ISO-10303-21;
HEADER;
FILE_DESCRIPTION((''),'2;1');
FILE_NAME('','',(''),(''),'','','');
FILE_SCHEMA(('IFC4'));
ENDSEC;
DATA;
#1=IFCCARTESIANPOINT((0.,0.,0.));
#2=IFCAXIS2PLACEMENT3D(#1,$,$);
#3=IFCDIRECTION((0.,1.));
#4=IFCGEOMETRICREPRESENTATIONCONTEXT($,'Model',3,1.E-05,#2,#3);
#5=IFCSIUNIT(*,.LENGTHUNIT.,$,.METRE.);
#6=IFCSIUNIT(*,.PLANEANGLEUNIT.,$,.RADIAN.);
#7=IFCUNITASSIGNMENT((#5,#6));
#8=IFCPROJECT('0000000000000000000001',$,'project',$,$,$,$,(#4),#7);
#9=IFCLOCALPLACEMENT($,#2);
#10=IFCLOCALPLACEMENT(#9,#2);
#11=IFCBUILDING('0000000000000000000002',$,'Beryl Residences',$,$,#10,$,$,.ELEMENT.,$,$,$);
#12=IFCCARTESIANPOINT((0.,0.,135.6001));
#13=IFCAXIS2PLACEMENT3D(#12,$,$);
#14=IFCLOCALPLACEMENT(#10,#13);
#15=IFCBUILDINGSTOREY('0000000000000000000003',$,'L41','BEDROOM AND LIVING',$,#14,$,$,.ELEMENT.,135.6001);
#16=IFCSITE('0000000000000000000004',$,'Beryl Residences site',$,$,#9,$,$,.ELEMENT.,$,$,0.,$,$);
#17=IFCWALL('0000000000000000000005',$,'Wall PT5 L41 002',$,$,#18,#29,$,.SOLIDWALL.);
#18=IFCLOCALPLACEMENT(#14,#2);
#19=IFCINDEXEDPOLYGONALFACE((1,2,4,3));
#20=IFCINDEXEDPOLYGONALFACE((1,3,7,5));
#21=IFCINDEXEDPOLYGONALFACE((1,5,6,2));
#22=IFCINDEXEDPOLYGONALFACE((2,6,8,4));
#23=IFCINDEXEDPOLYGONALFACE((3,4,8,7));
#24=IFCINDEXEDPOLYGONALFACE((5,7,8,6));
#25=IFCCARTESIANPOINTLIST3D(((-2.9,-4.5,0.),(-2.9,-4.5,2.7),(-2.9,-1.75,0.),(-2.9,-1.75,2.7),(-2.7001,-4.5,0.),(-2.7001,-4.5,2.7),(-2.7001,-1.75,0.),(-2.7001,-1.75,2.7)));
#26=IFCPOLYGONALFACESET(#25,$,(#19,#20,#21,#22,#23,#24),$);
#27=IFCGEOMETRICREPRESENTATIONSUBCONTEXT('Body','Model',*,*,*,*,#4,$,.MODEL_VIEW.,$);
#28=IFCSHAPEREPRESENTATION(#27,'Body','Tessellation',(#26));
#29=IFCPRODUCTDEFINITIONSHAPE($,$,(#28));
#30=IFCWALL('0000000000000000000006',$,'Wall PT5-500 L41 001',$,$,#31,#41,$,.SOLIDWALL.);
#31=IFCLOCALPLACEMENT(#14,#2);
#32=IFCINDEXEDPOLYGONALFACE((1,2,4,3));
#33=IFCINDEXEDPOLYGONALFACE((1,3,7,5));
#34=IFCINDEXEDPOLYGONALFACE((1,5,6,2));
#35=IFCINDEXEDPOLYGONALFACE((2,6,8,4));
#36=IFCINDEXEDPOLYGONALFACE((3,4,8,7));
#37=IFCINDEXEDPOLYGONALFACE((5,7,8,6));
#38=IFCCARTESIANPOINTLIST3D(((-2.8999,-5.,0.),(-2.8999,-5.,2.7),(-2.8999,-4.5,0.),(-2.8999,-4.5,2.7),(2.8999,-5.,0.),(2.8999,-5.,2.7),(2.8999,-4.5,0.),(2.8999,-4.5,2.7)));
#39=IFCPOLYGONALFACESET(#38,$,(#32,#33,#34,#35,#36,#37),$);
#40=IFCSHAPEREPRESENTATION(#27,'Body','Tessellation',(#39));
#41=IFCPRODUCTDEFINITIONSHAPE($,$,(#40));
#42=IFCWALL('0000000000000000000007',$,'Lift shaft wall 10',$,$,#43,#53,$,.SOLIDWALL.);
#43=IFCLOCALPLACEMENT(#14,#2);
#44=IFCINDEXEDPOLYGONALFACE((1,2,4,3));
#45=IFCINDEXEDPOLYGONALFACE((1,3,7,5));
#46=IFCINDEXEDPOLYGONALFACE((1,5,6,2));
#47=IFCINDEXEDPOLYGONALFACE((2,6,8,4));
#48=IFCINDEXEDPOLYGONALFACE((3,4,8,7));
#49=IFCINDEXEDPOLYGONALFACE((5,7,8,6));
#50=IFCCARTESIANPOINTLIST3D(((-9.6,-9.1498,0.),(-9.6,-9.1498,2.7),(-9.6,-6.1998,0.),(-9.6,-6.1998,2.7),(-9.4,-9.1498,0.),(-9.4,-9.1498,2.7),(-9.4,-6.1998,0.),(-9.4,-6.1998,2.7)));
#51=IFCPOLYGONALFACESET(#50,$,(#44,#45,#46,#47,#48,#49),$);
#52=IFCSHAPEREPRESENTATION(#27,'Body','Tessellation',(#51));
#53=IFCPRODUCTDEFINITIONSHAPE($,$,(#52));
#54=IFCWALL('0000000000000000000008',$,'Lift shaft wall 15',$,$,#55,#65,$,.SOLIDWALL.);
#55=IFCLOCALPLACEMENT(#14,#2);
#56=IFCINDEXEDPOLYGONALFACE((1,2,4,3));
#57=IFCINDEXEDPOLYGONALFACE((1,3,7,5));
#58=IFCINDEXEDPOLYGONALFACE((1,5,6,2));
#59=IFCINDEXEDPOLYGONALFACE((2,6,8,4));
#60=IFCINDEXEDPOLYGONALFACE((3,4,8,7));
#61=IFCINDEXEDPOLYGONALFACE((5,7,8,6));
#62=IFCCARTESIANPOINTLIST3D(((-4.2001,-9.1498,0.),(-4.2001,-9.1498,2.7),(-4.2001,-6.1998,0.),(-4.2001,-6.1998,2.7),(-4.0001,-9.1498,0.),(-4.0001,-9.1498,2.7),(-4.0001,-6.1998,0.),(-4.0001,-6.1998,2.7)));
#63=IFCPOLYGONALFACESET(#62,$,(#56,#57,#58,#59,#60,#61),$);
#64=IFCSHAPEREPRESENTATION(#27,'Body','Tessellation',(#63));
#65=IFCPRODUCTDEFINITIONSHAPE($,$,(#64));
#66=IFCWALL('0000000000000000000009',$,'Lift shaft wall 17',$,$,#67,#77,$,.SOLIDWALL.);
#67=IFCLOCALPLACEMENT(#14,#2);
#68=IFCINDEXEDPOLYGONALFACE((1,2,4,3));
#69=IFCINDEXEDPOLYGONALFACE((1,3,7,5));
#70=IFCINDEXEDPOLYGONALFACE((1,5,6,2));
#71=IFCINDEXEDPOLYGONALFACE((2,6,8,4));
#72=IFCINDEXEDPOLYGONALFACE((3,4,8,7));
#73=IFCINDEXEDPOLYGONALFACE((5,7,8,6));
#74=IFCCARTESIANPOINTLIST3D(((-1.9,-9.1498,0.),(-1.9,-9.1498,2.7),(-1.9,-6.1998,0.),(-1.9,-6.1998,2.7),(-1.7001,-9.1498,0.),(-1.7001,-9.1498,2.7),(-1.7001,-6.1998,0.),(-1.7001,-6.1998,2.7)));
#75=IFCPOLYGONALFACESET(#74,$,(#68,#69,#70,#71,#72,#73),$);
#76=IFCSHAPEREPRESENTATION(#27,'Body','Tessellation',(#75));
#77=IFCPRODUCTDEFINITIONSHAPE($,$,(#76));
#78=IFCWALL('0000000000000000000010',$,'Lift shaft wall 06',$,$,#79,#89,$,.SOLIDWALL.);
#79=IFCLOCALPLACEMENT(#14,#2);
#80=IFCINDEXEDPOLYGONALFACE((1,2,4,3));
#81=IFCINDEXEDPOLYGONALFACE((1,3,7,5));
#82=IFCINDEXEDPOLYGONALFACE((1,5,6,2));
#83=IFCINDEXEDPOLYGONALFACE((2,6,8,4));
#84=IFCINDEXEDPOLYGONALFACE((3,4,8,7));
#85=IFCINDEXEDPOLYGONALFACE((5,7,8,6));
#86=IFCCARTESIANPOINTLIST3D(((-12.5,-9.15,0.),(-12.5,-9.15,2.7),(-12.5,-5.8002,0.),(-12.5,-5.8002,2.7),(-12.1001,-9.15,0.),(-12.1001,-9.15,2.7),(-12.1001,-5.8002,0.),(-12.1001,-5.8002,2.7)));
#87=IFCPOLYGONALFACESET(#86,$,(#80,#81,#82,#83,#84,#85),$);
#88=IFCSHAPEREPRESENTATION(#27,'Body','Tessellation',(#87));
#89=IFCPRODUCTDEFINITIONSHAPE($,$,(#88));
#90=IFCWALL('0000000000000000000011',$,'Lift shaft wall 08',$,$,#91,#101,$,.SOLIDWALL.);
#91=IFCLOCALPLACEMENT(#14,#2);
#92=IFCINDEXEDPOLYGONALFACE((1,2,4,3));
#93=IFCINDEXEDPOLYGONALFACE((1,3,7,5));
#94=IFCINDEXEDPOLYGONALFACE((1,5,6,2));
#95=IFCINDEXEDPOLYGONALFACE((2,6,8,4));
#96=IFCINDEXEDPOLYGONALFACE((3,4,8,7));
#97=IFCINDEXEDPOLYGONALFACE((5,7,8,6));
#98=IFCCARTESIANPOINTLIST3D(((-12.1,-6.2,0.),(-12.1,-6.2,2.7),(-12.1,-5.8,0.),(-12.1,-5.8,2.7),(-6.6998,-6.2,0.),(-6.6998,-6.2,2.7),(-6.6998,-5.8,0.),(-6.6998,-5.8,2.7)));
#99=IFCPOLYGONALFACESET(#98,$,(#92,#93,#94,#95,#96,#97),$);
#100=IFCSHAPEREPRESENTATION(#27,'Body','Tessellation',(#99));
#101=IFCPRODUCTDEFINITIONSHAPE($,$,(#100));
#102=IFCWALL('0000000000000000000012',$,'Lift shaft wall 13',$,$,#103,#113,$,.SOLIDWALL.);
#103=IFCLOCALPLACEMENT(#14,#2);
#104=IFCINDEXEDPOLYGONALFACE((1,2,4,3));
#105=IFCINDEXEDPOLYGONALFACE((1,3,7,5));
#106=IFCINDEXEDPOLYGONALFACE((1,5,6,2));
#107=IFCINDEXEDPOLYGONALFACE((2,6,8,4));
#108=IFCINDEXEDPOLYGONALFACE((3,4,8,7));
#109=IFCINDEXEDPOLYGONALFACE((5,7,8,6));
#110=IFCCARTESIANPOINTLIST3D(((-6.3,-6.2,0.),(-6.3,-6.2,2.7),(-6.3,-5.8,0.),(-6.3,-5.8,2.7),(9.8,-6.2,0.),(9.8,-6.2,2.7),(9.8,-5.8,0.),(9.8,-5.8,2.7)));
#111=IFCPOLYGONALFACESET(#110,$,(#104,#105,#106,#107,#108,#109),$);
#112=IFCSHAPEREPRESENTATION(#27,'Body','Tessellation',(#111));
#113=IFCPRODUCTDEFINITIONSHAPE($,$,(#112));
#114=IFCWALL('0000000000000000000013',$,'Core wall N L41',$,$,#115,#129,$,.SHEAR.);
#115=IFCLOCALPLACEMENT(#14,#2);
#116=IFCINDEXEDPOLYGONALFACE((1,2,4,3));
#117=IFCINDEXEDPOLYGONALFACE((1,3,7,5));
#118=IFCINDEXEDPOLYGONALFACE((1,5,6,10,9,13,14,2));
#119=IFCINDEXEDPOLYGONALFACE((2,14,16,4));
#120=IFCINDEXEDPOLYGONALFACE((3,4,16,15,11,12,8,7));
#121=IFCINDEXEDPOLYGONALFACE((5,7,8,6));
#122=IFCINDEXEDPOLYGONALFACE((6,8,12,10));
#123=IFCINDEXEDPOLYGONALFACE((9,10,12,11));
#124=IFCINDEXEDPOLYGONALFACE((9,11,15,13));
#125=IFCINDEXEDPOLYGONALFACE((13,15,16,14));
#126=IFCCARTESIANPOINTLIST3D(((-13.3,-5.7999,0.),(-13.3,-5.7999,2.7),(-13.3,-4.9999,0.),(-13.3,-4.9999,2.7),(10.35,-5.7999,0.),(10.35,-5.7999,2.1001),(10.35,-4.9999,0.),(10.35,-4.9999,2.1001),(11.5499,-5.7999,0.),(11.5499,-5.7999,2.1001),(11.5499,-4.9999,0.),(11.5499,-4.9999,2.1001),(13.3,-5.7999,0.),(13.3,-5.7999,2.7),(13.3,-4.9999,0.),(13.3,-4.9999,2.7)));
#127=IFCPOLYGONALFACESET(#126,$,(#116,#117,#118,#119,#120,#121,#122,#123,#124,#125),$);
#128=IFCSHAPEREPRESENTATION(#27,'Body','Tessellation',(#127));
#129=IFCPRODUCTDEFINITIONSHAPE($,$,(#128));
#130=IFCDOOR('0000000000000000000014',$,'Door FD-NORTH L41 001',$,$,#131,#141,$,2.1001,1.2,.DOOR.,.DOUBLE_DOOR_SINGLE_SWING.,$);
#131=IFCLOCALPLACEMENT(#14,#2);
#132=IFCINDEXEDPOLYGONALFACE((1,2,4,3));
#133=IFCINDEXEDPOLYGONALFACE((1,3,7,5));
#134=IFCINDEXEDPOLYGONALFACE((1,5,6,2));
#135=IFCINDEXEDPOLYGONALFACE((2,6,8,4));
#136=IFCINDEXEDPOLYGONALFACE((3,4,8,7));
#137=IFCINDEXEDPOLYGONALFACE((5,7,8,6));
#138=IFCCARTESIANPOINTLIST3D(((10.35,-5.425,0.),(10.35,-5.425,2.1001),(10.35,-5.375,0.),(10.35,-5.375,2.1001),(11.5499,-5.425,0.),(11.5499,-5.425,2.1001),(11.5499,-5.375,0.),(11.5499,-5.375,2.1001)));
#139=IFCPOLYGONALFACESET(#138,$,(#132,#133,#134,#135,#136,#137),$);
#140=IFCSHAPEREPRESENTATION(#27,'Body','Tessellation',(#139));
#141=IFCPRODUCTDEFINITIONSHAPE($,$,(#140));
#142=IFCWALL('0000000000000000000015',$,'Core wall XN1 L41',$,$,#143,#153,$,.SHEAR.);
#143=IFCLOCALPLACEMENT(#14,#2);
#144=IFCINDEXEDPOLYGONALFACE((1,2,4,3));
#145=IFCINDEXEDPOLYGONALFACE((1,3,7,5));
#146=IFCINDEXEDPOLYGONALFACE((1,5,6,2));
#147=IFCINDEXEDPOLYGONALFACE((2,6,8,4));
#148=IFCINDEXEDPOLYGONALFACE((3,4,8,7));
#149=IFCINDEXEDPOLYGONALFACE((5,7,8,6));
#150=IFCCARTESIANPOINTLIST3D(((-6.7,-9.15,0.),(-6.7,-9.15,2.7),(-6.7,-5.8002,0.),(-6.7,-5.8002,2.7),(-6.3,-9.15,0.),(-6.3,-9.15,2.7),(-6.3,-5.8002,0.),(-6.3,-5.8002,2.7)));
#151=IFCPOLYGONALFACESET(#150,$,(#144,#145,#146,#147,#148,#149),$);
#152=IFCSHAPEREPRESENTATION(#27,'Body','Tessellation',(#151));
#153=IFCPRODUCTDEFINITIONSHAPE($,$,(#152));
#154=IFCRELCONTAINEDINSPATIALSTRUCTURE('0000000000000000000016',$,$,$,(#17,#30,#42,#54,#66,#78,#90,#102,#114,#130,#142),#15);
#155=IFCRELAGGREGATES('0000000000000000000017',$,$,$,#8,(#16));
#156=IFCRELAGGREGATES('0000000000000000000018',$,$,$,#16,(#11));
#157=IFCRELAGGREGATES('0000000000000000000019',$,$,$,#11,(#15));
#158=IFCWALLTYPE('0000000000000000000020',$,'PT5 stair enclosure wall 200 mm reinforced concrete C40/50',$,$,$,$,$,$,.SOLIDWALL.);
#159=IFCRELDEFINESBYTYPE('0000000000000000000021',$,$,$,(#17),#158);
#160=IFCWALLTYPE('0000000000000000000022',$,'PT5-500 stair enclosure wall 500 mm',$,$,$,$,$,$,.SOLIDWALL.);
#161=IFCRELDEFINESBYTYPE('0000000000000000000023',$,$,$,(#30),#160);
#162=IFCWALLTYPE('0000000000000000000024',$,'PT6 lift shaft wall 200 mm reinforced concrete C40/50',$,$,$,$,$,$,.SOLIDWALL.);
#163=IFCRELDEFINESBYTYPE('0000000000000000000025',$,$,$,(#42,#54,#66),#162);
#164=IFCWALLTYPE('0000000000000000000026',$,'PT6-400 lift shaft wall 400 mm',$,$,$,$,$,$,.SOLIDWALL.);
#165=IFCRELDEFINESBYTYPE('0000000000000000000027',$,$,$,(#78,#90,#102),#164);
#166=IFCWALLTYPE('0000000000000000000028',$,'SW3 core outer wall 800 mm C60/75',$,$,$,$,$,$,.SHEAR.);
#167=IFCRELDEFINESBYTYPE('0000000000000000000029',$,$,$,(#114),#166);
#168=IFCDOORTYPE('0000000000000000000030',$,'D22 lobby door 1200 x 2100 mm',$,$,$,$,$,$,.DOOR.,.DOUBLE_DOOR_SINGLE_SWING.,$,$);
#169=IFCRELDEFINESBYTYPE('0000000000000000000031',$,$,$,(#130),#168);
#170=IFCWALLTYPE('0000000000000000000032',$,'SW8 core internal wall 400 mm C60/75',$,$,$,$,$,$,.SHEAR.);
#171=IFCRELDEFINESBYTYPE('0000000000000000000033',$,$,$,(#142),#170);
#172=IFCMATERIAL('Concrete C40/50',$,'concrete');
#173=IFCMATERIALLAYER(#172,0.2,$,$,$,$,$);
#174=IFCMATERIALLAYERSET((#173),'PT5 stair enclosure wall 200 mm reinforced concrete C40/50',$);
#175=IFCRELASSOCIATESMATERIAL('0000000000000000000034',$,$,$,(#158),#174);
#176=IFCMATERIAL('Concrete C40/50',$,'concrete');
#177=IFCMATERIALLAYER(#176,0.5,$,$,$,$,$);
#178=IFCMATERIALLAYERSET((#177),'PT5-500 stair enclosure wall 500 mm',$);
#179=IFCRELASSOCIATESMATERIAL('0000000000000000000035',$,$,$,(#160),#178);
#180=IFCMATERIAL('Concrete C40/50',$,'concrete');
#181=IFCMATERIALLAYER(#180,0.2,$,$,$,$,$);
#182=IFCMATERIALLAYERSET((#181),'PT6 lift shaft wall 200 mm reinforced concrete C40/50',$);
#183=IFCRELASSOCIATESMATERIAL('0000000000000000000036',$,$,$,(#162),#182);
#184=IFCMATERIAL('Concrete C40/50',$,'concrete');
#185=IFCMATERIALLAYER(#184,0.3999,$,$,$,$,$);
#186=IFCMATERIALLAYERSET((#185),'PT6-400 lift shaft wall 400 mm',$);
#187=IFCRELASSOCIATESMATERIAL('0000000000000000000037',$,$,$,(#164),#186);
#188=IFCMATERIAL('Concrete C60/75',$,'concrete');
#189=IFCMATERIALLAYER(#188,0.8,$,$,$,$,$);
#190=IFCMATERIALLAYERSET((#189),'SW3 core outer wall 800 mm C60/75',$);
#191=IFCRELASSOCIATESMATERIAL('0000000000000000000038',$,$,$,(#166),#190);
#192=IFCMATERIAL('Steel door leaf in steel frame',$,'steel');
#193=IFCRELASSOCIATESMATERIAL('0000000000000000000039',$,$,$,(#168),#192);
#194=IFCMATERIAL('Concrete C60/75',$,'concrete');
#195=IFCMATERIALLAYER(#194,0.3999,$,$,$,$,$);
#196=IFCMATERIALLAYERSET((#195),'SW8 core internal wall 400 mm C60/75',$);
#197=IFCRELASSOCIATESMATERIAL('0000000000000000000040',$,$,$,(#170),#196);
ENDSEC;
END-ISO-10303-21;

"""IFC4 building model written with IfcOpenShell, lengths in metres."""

from ifc_helpers import new_model, si_unit, direction, frame, frame_2d, origin, place, context, subcontext, project, spatial, rectangle, extrude, material, layer, layer_set, type_object, element, fill, save


model = new_model("IFC4")

# Units and contexts
model_context = context("Model", 3, precision=1e-05, world=origin(), true_north=direction((0.0, 1.0)))
body_context = subcontext(model_context, "Body", "Model", "MODEL_VIEW")
ifc_project = project(units=[si_unit("LENGTHUNIT", "METRE"), si_unit("PLANEANGLEUNIT", "RADIAN")], contexts=[model_context])

# Site, building, storey
site_placement = place(None, origin())
site = spatial("IfcSite", under=ifc_project, at=site_placement, Name="Beryl Residences site", CompositionType="ELEMENT", RefElevation=0.0)
building_placement = place(site_placement, origin())
building = spatial("IfcBuilding", under=site, at=building_placement, Name="Beryl Residences", CompositionType="ELEMENT")
storey_placement = place(building_placement, frame((0.0, 0.0, 135.6001)))
storey = spatial("IfcBuildingStorey", under=building, at=storey_placement, Name="L41", Description="BEDROOM AND LIVING", CompositionType="ELEMENT", Elevation=135.6001)

# Walls
ifc_material_1 = material(Name="Concrete C40/50", Category="concrete")
ifc_layer_1 = layer(ifc_material_1, 0.2)
ifc_layer_set_1 = layer_set([ifc_layer_1], Name="PT5 stair enclosure wall 200 mm reinforced concrete C40/50")
wall_type_1 = type_object("IfcWallType", Name="PT5 stair enclosure wall 200 mm reinforced concrete C40/50", PredefinedType="SOLIDWALL", material=ifc_layer_set_1)
wall_1_placement = place(storey_placement, frame((-2.8, -4.5, 0.0), z_axis=(0.0, 0.0, 1.0), x_axis=(0.0, 1.0, 0.0)))
element("IfcWall", 1, at=wall_1_placement, inside=storey, type_object=wall_type_1, Name="Wall PT5 L41 002", PredefinedType="SOLIDWALL", context=body_context, shape_type="SweptSolid", body=[
    extrude(rectangle(XDim=2.75, YDim=0.2, at=frame_2d((1.375, 0.0))), origin(), (0.0, 0.0, 1.0), 2.7),
])
ifc_material_2 = material(Name="Concrete C40/50", Category="concrete")
ifc_layer_2 = layer(ifc_material_2, 0.5)
ifc_layer_set_2 = layer_set([ifc_layer_2], Name="PT5-500 stair enclosure wall 500 mm")
wall_type_2 = type_object("IfcWallType", Name="PT5-500 stair enclosure wall 500 mm", PredefinedType="SOLIDWALL", material=ifc_layer_set_2)
wall_2_placement = place(storey_placement, frame((-2.8999, -4.75, 0.0), z_axis=(0.0, 0.0, 1.0), x_axis=(1.0, 0.0, 0.0)))
element("IfcWall", 2, at=wall_2_placement, inside=storey, type_object=wall_type_2, Name="Wall PT5-500 L41 001", PredefinedType="SOLIDWALL", context=body_context, shape_type="SweptSolid", body=[
    extrude(rectangle(XDim=5.7998, YDim=0.5, at=frame_2d((2.8999, 0.0))), origin(), (0.0, 0.0, 1.0), 2.7),
])
ifc_material_3 = material(Name="Concrete C40/50", Category="concrete")
ifc_layer_3 = layer(ifc_material_3, 0.2)
ifc_layer_set_3 = layer_set([ifc_layer_3], Name="PT6 lift shaft wall 200 mm reinforced concrete C40/50")
wall_type_3 = type_object("IfcWallType", Name="PT6 lift shaft wall 200 mm reinforced concrete C40/50", PredefinedType="SOLIDWALL", material=ifc_layer_set_3)
for number, where, z_axis, x_axis, name in (
    (3, (-9.5, -9.1499, 0.0), (0.0, 0.0, 1.0), (0.0, 1.0, 0.0), "Lift shaft wall 10"),
    (4, (-4.1001, -9.1499, 0.0), (0.0, 0.0, 1.0), (0.0, 1.0, 0.0), "Lift shaft wall 15"),
    (5, (-1.8, -9.1499, 0.0), (0.0, 0.0, 1.0), (0.0, 1.0, 0.0), "Lift shaft wall 17"),
):
    element("IfcWall", number, at=place(storey_placement, frame(where, z_axis=z_axis, x_axis=x_axis)), inside=storey, type_object=wall_type_3, Name=name, PredefinedType="SOLIDWALL", context=body_context, shape_type="SweptSolid", body=[
        extrude(rectangle(XDim=2.95, YDim=0.2, at=frame_2d((1.4751, 0.0))), origin(), (0.0, 0.0, 1.0), 2.7),
    ])
ifc_material_4 = material(Name="Concrete C40/50", Category="concrete")
ifc_layer_4 = layer(ifc_material_4, 0.3999)
ifc_layer_set_4 = layer_set([ifc_layer_4], Name="PT6-400 lift shaft wall 400 mm")
wall_type_4 = type_object("IfcWallType", Name="PT6-400 lift shaft wall 400 mm", PredefinedType="SOLIDWALL", material=ifc_layer_set_4)
wall_3_placement = place(storey_placement, frame((-12.3, -9.1499, 0.0), z_axis=(0.0, 0.0, 1.0), x_axis=(0.0, 1.0, 0.0)))
element("IfcWall", 6, at=wall_3_placement, inside=storey, type_object=wall_type_4, Name="Lift shaft wall 06", PredefinedType="SOLIDWALL", context=body_context, shape_type="SweptSolid", body=[
    extrude(rectangle(XDim=3.3499, YDim=0.3999, at=frame_2d((1.6748, 0.0))), origin(), (0.0, 0.0, 1.0), 2.7),
])
wall_4_placement = place(storey_placement, frame((-12.1001, -6.0, 0.0), z_axis=(0.0, 0.0, 1.0), x_axis=(1.0, 0.0, 0.0)))
element("IfcWall", 7, at=wall_4_placement, inside=storey, type_object=wall_type_4, Name="Lift shaft wall 08", PredefinedType="SOLIDWALL", context=body_context, shape_type="SweptSolid", body=[
    extrude(rectangle(XDim=5.4001, YDim=0.3999, at=frame_2d((2.7002, 0.0))), origin(), (0.0, 0.0, 1.0), 2.7),
])
wall_5_placement = place(storey_placement, frame((-6.3, -6.0, 0.0), z_axis=(0.0, 0.0, 1.0), x_axis=(1.0, 0.0, 0.0)))
element("IfcWall", 8, at=wall_5_placement, inside=storey, type_object=wall_type_4, Name="Lift shaft wall 13", PredefinedType="SOLIDWALL", context=body_context, shape_type="SweptSolid", body=[
    extrude(rectangle(XDim=16.1001, YDim=0.3999, at=frame_2d((8.05, 0.0))), origin(), (0.0, 0.0, 1.0), 2.7),
])

# Wall, opening, door
ifc_material_5 = material(Name="Concrete C60/75", Category="concrete")
ifc_layer_5 = layer(ifc_material_5, 0.8)
ifc_layer_set_5 = layer_set([ifc_layer_5], Name="SW3 core outer wall 800 mm C60/75")
wall_type_5 = type_object("IfcWallType", Name="SW3 core outer wall 800 mm C60/75", PredefinedType="SHEAR", material=ifc_layer_set_5)
wall_6_placement = place(storey_placement, frame((-13.3, -5.3999, 0.0), z_axis=(0.0, 0.0, 1.0), x_axis=(1.0, 0.0, 0.0)))
wall_6 = element("IfcWall", 9, at=wall_6_placement, inside=storey, type_object=wall_type_5, Name="Core wall N L41", PredefinedType="SHEAR", context=body_context, shape_type="SweptSolid", body=[
    extrude(rectangle(XDim=26.6001, YDim=0.8, at=frame_2d((13.3, 0.0))), origin(), (0.0, 0.0, 1.0), 2.7),
])
opening_placement = place(wall_6_placement, frame((23.6499, 0.0, 0.0)))
opening = element("IfcOpeningElement", 10, at=opening_placement, cuts=wall_6, PredefinedType="OPENING", context=body_context, shape_type="SweptSolid", body=[
    extrude(rectangle(XDim=1.2, YDim=2.1001, at=frame_2d((0.6001, 1.05))), frame((0.0, 0.4099, 0.0), z_axis=(0.0, -1.0, 0.0), x_axis=(1.0, 0.0, 0.0)), (0.0, 0.0, 1.0), 0.8201),
])
ifc_material_6 = material(Name="Steel door leaf in steel frame", Category="steel")
door_type = type_object("IfcDoorType", Name="D22 lobby door 1200 x 2100 mm", OperationType="DOUBLE_DOOR_SINGLE_SWING", PredefinedType="DOOR", material=ifc_material_6)
door_placement = place(opening_placement, origin())
door = element("IfcDoor", 11, at=door_placement, inside=storey, type_object=door_type, Name="Door FD-NORTH L41 001", OperationType="DOUBLE_DOOR_SINGLE_SWING", OverallHeight=2.1001, OverallWidth=1.2, PredefinedType="DOOR", context=body_context, shape_type="SweptSolid", body=[
    extrude(rectangle(XDim=1.2, YDim=2.1001, at=frame_2d((0.6001, 1.05))), frame((0.0, 0.0249, 0.0), z_axis=(0.0, -1.0, 0.0), x_axis=(1.0, 0.0, 0.0)), (0.0, 0.0, 1.0), 0.05),
])
fill(opening, door)

# Wall
ifc_material_7 = material(Name="Concrete C60/75", Category="concrete")
ifc_layer_6 = layer(ifc_material_7, 0.3999)
ifc_layer_set_6 = layer_set([ifc_layer_6], Name="SW8 core internal wall 400 mm C60/75")
wall_type_6 = type_object("IfcWallType", Name="SW8 core internal wall 400 mm C60/75", PredefinedType="SHEAR", material=ifc_layer_set_6)
wall_7_placement = place(storey_placement, frame((-6.5, -9.1499, 0.0), z_axis=(0.0, 0.0, 1.0), x_axis=(0.0, 1.0, 0.0)))
element("IfcWall", 12, at=wall_7_placement, inside=storey, type_object=wall_type_6, Name="Core wall XN1 L41", PredefinedType="SHEAR", context=body_context, shape_type="SweptSolid", body=[
    extrude(rectangle(XDim=3.3499, YDim=0.3999, at=frame_2d((1.6748, 0.0))), origin(), (0.0, 0.0, 1.0), 2.7),
])

save(model, "model.ifc")
